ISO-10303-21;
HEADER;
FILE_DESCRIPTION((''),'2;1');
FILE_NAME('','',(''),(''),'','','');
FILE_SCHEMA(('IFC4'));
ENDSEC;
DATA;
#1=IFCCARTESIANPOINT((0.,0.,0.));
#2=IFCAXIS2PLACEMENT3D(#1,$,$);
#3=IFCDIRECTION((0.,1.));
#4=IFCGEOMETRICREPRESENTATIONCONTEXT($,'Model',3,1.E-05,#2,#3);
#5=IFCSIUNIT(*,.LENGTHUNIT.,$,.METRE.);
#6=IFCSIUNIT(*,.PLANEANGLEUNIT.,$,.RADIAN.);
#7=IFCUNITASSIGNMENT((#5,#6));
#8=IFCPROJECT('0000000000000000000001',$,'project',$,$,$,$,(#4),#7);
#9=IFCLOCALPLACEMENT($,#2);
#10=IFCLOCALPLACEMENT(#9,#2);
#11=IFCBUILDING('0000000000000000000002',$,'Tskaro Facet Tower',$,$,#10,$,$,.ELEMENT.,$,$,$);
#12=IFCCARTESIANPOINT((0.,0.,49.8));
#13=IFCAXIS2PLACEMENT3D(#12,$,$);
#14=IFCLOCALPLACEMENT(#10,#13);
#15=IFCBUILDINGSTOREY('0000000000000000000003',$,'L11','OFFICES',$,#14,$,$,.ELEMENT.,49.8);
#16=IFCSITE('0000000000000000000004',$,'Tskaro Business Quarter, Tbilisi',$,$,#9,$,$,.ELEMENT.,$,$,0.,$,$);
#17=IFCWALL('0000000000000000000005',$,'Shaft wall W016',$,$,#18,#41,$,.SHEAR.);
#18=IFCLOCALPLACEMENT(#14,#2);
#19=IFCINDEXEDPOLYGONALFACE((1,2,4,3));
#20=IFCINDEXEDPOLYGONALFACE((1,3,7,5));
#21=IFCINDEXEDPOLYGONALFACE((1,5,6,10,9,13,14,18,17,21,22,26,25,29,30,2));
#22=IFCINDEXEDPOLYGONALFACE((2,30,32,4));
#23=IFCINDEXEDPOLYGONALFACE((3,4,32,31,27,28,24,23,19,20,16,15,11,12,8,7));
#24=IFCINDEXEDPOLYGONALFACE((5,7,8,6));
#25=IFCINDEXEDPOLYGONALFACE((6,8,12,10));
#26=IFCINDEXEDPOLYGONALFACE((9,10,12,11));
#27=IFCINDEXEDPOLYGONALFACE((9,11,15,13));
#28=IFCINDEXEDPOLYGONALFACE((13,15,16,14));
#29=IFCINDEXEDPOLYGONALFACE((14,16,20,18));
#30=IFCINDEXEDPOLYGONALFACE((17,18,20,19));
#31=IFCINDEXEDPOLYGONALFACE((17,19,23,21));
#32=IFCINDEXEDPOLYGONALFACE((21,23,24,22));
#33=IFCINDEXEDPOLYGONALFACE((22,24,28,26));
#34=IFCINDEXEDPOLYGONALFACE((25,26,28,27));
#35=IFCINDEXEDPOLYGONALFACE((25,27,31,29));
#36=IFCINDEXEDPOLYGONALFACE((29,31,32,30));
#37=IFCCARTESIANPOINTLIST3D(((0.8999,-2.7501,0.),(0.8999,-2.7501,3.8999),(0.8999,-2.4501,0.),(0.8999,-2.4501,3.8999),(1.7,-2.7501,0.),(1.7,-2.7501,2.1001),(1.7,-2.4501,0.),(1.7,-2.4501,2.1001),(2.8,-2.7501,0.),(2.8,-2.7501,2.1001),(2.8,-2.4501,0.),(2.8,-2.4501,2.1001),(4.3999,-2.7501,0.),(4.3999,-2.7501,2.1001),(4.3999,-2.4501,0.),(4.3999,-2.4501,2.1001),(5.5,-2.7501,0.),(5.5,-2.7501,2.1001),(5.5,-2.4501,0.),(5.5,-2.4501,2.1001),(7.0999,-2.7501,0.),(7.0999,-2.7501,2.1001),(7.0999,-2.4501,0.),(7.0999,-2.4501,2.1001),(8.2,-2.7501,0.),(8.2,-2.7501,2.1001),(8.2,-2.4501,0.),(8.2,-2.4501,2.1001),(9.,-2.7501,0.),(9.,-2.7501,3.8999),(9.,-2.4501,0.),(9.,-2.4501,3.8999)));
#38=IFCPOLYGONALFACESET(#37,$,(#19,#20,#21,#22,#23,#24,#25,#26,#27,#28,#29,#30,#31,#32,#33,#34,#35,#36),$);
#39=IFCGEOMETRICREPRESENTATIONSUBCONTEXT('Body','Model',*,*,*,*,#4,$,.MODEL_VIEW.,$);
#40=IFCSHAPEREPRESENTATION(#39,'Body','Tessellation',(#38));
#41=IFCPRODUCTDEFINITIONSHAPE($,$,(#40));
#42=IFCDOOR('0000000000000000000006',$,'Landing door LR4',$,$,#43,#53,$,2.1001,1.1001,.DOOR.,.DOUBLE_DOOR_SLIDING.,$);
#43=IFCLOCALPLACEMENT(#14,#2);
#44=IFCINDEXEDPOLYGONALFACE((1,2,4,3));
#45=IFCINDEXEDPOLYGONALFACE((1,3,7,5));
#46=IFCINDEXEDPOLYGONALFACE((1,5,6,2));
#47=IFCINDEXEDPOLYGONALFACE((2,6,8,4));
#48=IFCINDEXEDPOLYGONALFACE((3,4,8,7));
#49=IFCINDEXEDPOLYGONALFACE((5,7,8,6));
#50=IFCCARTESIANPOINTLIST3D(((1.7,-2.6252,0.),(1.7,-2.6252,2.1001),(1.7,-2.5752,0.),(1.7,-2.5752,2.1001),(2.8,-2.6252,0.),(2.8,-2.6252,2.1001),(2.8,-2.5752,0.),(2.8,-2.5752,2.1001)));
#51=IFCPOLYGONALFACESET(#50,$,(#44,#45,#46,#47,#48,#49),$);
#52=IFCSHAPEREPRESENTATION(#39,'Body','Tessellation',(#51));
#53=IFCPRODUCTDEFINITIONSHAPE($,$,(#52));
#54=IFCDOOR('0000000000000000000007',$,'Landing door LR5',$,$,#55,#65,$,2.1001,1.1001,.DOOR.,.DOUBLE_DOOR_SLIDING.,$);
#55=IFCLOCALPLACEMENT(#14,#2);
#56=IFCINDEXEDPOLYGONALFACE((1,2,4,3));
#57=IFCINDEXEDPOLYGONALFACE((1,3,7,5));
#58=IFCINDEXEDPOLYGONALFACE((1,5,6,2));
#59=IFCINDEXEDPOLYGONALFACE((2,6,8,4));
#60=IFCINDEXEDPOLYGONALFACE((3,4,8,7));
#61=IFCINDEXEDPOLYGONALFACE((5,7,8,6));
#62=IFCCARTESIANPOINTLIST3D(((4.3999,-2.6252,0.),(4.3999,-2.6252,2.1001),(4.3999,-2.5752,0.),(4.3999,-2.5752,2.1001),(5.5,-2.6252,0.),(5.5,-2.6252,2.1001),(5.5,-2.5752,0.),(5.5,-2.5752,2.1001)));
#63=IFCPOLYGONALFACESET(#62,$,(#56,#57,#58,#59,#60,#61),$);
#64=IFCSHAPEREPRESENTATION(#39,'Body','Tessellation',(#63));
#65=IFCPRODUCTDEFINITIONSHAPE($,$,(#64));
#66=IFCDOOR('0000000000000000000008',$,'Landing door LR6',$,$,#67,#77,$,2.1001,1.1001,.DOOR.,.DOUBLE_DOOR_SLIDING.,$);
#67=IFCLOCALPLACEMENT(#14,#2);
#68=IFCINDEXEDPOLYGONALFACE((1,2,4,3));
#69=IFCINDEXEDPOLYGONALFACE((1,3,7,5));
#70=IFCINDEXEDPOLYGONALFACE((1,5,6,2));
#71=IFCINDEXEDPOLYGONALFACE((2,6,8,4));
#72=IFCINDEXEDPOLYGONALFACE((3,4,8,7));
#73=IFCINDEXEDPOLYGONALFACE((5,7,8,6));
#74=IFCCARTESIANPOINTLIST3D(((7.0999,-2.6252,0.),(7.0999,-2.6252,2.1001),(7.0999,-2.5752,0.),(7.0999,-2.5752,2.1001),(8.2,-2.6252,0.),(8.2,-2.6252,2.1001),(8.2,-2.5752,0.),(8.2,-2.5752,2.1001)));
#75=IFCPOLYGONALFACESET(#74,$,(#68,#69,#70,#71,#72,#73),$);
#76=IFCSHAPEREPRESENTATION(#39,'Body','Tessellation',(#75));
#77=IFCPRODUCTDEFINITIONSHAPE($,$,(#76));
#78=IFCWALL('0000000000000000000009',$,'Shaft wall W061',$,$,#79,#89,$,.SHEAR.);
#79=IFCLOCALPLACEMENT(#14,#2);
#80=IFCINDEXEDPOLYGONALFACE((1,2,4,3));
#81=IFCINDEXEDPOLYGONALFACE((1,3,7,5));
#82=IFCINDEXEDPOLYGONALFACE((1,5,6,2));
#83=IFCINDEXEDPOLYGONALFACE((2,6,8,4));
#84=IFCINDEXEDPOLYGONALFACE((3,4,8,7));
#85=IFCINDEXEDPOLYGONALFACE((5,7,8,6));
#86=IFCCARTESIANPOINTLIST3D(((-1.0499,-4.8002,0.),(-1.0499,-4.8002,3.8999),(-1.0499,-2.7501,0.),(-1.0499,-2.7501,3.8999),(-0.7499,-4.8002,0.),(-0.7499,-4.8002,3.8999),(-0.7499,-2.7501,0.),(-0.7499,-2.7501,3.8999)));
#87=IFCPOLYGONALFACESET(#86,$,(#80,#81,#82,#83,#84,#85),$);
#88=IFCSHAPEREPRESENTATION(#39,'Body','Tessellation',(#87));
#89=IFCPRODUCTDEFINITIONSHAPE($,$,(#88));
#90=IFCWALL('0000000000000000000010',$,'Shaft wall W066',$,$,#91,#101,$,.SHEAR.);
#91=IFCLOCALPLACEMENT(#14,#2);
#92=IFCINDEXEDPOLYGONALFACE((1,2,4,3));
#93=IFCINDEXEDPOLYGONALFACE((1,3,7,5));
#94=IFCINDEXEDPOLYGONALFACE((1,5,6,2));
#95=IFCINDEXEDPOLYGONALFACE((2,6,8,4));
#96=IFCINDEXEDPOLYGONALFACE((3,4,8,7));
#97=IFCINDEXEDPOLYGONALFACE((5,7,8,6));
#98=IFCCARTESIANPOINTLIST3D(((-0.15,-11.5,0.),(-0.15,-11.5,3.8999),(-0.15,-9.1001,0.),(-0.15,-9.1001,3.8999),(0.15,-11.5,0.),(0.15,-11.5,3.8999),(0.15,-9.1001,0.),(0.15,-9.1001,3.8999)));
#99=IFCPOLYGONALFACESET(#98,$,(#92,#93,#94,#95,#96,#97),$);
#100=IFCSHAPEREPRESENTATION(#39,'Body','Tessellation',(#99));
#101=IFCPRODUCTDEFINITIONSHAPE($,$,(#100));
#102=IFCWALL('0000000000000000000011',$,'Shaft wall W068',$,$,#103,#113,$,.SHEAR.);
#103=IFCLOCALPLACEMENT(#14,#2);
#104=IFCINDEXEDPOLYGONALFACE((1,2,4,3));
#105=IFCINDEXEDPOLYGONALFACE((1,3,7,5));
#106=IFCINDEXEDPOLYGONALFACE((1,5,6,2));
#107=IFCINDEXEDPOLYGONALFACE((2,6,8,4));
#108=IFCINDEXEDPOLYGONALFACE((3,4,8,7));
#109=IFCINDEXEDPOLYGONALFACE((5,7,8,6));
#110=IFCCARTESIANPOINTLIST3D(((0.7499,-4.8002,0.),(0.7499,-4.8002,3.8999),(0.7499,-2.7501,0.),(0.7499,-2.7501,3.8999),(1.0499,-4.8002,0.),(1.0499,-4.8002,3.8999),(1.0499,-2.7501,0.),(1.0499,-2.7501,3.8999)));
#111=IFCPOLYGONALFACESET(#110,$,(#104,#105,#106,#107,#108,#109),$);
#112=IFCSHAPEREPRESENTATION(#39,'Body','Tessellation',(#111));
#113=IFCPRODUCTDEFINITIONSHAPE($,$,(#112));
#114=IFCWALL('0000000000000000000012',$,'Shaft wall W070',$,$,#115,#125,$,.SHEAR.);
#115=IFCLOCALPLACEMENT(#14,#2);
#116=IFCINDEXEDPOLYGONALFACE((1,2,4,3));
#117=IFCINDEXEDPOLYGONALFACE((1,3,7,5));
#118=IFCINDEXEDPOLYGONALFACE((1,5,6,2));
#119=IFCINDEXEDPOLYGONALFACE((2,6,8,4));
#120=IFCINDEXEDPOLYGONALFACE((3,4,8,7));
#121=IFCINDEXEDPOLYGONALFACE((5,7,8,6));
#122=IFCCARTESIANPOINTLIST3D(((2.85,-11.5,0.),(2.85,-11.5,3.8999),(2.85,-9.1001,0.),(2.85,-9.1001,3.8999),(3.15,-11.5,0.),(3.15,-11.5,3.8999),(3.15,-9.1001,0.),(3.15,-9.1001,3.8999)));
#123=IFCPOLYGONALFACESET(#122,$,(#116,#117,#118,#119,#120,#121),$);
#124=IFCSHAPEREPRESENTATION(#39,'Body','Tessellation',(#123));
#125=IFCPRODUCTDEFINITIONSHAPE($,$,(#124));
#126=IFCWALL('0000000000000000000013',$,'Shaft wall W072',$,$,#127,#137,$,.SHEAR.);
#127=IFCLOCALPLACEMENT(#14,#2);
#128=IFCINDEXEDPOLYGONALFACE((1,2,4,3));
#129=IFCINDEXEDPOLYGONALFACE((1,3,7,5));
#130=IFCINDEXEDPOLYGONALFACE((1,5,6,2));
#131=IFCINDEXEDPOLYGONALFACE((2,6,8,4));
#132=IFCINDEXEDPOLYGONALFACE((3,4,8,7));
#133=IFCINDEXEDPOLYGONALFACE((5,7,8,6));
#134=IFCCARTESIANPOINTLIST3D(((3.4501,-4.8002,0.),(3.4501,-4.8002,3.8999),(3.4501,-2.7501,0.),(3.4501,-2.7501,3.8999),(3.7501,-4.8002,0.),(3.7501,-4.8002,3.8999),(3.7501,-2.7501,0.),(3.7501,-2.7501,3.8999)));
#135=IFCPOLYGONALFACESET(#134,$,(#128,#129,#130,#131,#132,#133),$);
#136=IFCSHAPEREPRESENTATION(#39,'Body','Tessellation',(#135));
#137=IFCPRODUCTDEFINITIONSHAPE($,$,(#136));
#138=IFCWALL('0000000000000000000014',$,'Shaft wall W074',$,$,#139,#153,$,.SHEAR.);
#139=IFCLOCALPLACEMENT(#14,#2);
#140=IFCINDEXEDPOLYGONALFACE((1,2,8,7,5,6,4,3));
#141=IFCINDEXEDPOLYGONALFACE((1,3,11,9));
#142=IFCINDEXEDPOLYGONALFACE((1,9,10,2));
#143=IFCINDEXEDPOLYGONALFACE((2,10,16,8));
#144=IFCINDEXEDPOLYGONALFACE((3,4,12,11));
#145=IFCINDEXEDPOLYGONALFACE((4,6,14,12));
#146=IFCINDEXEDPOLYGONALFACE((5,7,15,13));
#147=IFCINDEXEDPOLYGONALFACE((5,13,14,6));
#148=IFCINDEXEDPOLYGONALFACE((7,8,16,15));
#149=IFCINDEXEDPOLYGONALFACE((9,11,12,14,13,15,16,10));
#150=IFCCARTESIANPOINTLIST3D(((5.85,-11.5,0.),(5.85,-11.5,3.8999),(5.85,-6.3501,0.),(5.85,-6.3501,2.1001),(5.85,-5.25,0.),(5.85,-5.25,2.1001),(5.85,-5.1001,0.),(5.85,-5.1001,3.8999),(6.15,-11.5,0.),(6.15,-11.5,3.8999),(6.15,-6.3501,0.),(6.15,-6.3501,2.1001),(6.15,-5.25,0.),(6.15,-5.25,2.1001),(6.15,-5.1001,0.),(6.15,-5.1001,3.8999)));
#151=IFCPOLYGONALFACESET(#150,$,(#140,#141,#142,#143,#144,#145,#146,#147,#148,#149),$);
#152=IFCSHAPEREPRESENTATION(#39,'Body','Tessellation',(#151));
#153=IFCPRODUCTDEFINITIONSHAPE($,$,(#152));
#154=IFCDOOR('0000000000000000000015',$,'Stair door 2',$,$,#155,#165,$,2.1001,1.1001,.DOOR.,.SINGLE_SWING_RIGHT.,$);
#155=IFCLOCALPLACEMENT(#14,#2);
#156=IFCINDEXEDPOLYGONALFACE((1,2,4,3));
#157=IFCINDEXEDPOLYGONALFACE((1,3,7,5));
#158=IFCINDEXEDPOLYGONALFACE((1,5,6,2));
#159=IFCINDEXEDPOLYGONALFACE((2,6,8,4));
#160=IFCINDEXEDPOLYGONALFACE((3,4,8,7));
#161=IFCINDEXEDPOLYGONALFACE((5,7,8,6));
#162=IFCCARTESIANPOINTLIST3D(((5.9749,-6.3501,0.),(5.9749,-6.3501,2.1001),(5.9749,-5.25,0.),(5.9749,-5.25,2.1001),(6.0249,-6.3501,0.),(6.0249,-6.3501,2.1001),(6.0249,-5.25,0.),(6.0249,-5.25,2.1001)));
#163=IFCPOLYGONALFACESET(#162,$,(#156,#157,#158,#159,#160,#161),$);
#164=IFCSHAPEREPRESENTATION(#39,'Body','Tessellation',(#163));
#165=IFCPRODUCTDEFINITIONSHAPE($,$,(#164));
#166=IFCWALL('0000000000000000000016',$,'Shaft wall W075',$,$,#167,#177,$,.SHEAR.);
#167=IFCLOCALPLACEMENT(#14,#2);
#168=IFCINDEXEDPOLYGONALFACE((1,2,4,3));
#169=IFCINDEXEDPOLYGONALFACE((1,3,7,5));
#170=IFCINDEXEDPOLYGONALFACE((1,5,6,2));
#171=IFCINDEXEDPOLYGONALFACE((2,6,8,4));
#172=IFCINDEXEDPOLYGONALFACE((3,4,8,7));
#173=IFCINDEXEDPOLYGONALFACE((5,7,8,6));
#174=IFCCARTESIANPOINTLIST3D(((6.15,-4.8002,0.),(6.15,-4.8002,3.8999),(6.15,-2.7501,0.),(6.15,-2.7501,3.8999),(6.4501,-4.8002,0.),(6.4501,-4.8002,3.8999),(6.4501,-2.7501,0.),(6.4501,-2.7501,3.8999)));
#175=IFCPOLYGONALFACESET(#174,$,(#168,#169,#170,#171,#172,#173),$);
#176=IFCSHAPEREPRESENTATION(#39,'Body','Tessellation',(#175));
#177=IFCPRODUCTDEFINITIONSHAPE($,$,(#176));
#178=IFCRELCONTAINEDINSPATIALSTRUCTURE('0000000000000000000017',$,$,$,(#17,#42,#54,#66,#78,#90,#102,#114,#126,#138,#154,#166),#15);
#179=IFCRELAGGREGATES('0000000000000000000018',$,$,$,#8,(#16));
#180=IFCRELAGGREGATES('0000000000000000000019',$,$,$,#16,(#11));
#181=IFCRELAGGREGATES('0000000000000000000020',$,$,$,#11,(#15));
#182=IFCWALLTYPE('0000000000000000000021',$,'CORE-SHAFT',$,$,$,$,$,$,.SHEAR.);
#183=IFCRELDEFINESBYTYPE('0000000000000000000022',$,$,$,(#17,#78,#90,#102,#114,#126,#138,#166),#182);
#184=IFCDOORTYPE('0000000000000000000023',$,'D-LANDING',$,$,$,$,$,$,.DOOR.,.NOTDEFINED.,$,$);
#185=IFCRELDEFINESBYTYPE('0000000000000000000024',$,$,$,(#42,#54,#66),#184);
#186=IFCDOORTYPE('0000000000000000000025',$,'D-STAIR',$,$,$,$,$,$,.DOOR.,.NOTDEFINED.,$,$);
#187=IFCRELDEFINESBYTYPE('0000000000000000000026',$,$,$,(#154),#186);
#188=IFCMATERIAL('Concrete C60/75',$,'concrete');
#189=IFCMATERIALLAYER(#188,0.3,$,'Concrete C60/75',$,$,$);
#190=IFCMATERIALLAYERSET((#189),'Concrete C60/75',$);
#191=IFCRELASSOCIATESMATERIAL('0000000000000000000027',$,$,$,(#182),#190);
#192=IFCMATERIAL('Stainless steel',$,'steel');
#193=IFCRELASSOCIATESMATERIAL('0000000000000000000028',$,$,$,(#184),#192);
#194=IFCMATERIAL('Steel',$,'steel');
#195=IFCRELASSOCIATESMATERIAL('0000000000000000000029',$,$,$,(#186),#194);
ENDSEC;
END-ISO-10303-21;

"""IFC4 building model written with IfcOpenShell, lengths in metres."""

from ifc_helpers import new_model, si_unit, direction, frame, frame_2d, origin, place, context, subcontext, project, spatial, rectangle, extrude, material, layer, layer_set, type_object, element, fill, save


model = new_model("IFC4")

# Units and contexts
model_context = context("Model", 3, precision=1e-05, world=origin(), true_north=direction((0.0, 1.0)))
body_context = subcontext(model_context, "Body", "Model", "MODEL_VIEW")
ifc_project = project(units=[si_unit("LENGTHUNIT", "METRE"), si_unit("PLANEANGLEUNIT", "RADIAN")], contexts=[model_context])

# Site, building, storey
site_placement = place(None, origin())
site = spatial("IfcSite", under=ifc_project, at=site_placement, Name="Tskaro Business Quarter, Tbilisi", CompositionType="ELEMENT", RefElevation=0.0)
building_placement = place(site_placement, origin())
building = spatial("IfcBuilding", under=site, at=building_placement, Name="Tskaro Facet Tower", CompositionType="ELEMENT")
storey_placement = place(building_placement, frame((0.0, 0.0, 49.8)))
storey = spatial("IfcBuildingStorey", under=building, at=storey_placement, Name="L11", Description="OFFICES", CompositionType="ELEMENT", Elevation=49.8)

# Shared definitions
ifc_material_1 = material(Name="Concrete C60/75", Category="concrete")

# Shared definitions
ifc_layer_1 = layer(ifc_material_1, 0.3, Name="Concrete C60/75")
ifc_layer_set_1 = layer_set([ifc_layer_1], Name="Concrete C60/75")
wall_type_1 = type_object("IfcWallType", Name="CORE-SHAFT", PredefinedType="SHEAR", material=ifc_layer_set_1)

# Wall, openings, doors
wall_1_placement = place(storey_placement, frame((0.8999, -2.6001, 0.0), z_axis=(0.0, 0.0, 1.0), x_axis=(1.0, 0.0, 0.0)))
wall_1 = element("IfcWall", 1, at=wall_1_placement, inside=storey, type_object=wall_type_1, Name="Shaft wall W016", PredefinedType="SHEAR", context=body_context, shape_type="SweptSolid", body=[
    extrude(rectangle(XDim=8.1001, YDim=0.3, at=frame_2d((4.05, 0.0))), origin(), (0.0, 0.0, 1.0), 3.8999),
])
opening_1_placement = place(wall_1_placement, frame((0.8, 0.0, 0.0)))
opening_1 = element("IfcOpeningElement", 2, at=opening_1_placement, cuts=wall_1, PredefinedType="OPENING", context=body_context, shape_type="SweptSolid", body=[
    extrude(rectangle(XDim=1.1001, YDim=2.1001, at=frame_2d((0.55, 1.05))), frame((0.0, 0.1599, 0.0), z_axis=(0.0, -1.0, 0.0), x_axis=(1.0, 0.0, 0.0)), (0.0, 0.0, 1.0), 0.3201),
])
opening_2_placement = place(wall_1_placement, frame((3.5, 0.0, 0.0)))
opening_2 = element("IfcOpeningElement", 3, at=opening_2_placement, cuts=wall_1, PredefinedType="OPENING", context=body_context, shape_type="SweptSolid", body=[
    extrude(rectangle(XDim=1.1001, YDim=2.1001, at=frame_2d((0.55, 1.05))), frame((0.0, 0.1599, 0.0), z_axis=(0.0, -1.0, 0.0), x_axis=(1.0, 0.0, 0.0)), (0.0, 0.0, 1.0), 0.3201),
])
opening_3_placement = place(wall_1_placement, frame((6.2, 0.0, 0.0)))
opening_3 = element("IfcOpeningElement", 4, at=opening_3_placement, cuts=wall_1, PredefinedType="OPENING", context=body_context, shape_type="SweptSolid", body=[
    extrude(rectangle(XDim=1.1001, YDim=2.1001, at=frame_2d((0.55, 1.05))), frame((0.0, 0.1599, 0.0), z_axis=(0.0, -1.0, 0.0), x_axis=(1.0, 0.0, 0.0)), (0.0, 0.0, 1.0), 0.3201),
])
ifc_material_2 = material(Name="Stainless steel", Category="steel")
door_type_1 = type_object("IfcDoorType", Name="D-LANDING", OperationType="NOTDEFINED", PredefinedType="DOOR", material=ifc_material_2)
door_1_placement = place(opening_1_placement, origin())
door_1 = element("IfcDoor", 5, at=door_1_placement, inside=storey, type_object=door_type_1, Name="Landing door LR4", OperationType="DOUBLE_DOOR_SLIDING", OverallHeight=2.1001, OverallWidth=1.1001, PredefinedType="DOOR", context=body_context, shape_type="SweptSolid", body=[
    extrude(rectangle(XDim=1.1001, YDim=2.1001, at=frame_2d((0.55, 1.05))), frame((0.0, 0.0249, 0.0), z_axis=(0.0, -1.0, 0.0), x_axis=(1.0, 0.0, 0.0)), (0.0, 0.0, 1.0), 0.05),
])
fill(opening_1, door_1)
door_2_placement = place(opening_2_placement, origin())
door_2 = element("IfcDoor", 6, at=door_2_placement, inside=storey, type_object=door_type_1, Name="Landing door LR5", OperationType="DOUBLE_DOOR_SLIDING", OverallHeight=2.1001, OverallWidth=1.1001, PredefinedType="DOOR", context=body_context, shape_type="SweptSolid", body=[
    extrude(rectangle(XDim=1.1001, YDim=2.1001, at=frame_2d((0.55, 1.05))), frame((0.0, 0.0249, 0.0), z_axis=(0.0, -1.0, 0.0), x_axis=(1.0, 0.0, 0.0)), (0.0, 0.0, 1.0), 0.05),
])
fill(opening_2, door_2)
door_3_placement = place(opening_3_placement, origin())
door_3 = element("IfcDoor", 7, at=door_3_placement, inside=storey, type_object=door_type_1, Name="Landing door LR6", OperationType="DOUBLE_DOOR_SLIDING", OverallHeight=2.1001, OverallWidth=1.1001, PredefinedType="DOOR", context=body_context, shape_type="SweptSolid", body=[
    extrude(rectangle(XDim=1.1001, YDim=2.1001, at=frame_2d((0.55, 1.05))), frame((0.0, 0.0249, 0.0), z_axis=(0.0, -1.0, 0.0), x_axis=(1.0, 0.0, 0.0)), (0.0, 0.0, 1.0), 0.05),
])
fill(opening_3, door_3)

# Walls
wall_2_placement = place(storey_placement, frame((-0.8999, -4.8, 0.0), z_axis=(0.0, 0.0, 1.0), x_axis=(0.0, 1.0, 0.0)))
element("IfcWall", 8, at=wall_2_placement, inside=storey, type_object=wall_type_1, Name="Shaft wall W061", PredefinedType="SHEAR", context=body_context, shape_type="SweptSolid", body=[
    extrude(rectangle(XDim=2.05, YDim=0.3, at=frame_2d((1.0249, 0.0))), origin(), (0.0, 0.0, 1.0), 3.8999),
])
wall_3_placement = place(storey_placement, frame((0.0, -11.5, 0.0), z_axis=(0.0, 0.0, 1.0), x_axis=(0.0, 1.0, 0.0)))
element("IfcWall", 9, at=wall_3_placement, inside=storey, type_object=wall_type_1, Name="Shaft wall W066", PredefinedType="SHEAR", context=body_context, shape_type="SweptSolid", body=[
    extrude(rectangle(XDim=2.3999, YDim=0.3, at=frame_2d((1.2, 0.0))), origin(), (0.0, 0.0, 1.0), 3.8999),
])
wall_4_placement = place(storey_placement, frame((0.8999, -4.8, 0.0), z_axis=(0.0, 0.0, 1.0), x_axis=(0.0, 1.0, 0.0)))
element("IfcWall", 10, at=wall_4_placement, inside=storey, type_object=wall_type_1, Name="Shaft wall W068", PredefinedType="SHEAR", context=body_context, shape_type="SweptSolid", body=[
    extrude(rectangle(XDim=2.05, YDim=0.3, at=frame_2d((1.0249, 0.0))), origin(), (0.0, 0.0, 1.0), 3.8999),
])
wall_5_placement = place(storey_placement, frame((3.0, -11.5, 0.0), z_axis=(0.0, 0.0, 1.0), x_axis=(0.0, 1.0, 0.0)))
element("IfcWall", 11, at=wall_5_placement, inside=storey, type_object=wall_type_1, Name="Shaft wall W070", PredefinedType="SHEAR", context=body_context, shape_type="SweptSolid", body=[
    extrude(rectangle(XDim=2.3999, YDim=0.3, at=frame_2d((1.2, 0.0))), origin(), (0.0, 0.0, 1.0), 3.8999),
])
wall_6_placement = place(storey_placement, frame((3.6001, -4.8, 0.0), z_axis=(0.0, 0.0, 1.0), x_axis=(0.0, 1.0, 0.0)))
element("IfcWall", 12, at=wall_6_placement, inside=storey, type_object=wall_type_1, Name="Shaft wall W072", PredefinedType="SHEAR", context=body_context, shape_type="SweptSolid", body=[
    extrude(rectangle(XDim=2.05, YDim=0.3, at=frame_2d((1.0249, 0.0))), origin(), (0.0, 0.0, 1.0), 3.8999),
])

# Wall, opening, door
wall_7_placement = place(storey_placement, frame((6.0, -5.1001, 0.0), z_axis=(0.0, 0.0, 1.0), x_axis=(0.0, -1.0, 0.0)))
wall_7 = element("IfcWall", 13, at=wall_7_placement, inside=storey, type_object=wall_type_1, Name="Shaft wall W074", PredefinedType="SHEAR", context=body_context, shape_type="SweptSolid", body=[
    extrude(rectangle(XDim=6.3999, YDim=0.3, at=frame_2d((3.2, 0.0))), origin(), (0.0, 0.0, 1.0), 3.8999),
])
opening_4_placement = place(wall_7_placement, frame((0.1499, 0.0, 0.0)))
opening_4 = element("IfcOpeningElement", 14, at=opening_4_placement, cuts=wall_7, PredefinedType="OPENING", context=body_context, shape_type="SweptSolid", body=[
    extrude(rectangle(XDim=1.1001, YDim=2.1001, at=frame_2d((0.55, 1.05))), frame((0.0, 0.1599, 0.0), z_axis=(0.0, -1.0, 0.0), x_axis=(1.0, 0.0, 0.0)), (0.0, 0.0, 1.0), 0.3201),
])
ifc_material_3 = material(Name="Steel", Category="steel")
door_type_2 = type_object("IfcDoorType", Name="D-STAIR", OperationType="NOTDEFINED", PredefinedType="DOOR", material=ifc_material_3)
door_4_placement = place(opening_4_placement, origin())
door_4 = element("IfcDoor", 15, at=door_4_placement, inside=storey, type_object=door_type_2, Name="Stair door 2", OperationType="SINGLE_SWING_RIGHT", OverallHeight=2.1001, OverallWidth=1.1001, PredefinedType="DOOR", context=body_context, shape_type="SweptSolid", body=[
    extrude(rectangle(XDim=1.1001, YDim=2.1001, at=frame_2d((0.55, 1.05))), frame((0.0, 0.0249, 0.0), z_axis=(0.0, -1.0, 0.0), x_axis=(1.0, 0.0, 0.0)), (0.0, 0.0, 1.0), 0.05),
])
fill(opening_4, door_4)

# Wall
wall_8_placement = place(storey_placement, frame((6.3, -4.8, 0.0), z_axis=(0.0, 0.0, 1.0), x_axis=(0.0, 1.0, 0.0)))
element("IfcWall", 16, at=wall_8_placement, inside=storey, type_object=wall_type_1, Name="Shaft wall W075", PredefinedType="SHEAR", context=body_context, shape_type="SweptSolid", body=[
    extrude(rectangle(XDim=2.05, YDim=0.3, at=frame_2d((1.0249, 0.0))), origin(), (0.0, 0.0, 1.0), 3.8999),
])

save(model, "model.ifc")
